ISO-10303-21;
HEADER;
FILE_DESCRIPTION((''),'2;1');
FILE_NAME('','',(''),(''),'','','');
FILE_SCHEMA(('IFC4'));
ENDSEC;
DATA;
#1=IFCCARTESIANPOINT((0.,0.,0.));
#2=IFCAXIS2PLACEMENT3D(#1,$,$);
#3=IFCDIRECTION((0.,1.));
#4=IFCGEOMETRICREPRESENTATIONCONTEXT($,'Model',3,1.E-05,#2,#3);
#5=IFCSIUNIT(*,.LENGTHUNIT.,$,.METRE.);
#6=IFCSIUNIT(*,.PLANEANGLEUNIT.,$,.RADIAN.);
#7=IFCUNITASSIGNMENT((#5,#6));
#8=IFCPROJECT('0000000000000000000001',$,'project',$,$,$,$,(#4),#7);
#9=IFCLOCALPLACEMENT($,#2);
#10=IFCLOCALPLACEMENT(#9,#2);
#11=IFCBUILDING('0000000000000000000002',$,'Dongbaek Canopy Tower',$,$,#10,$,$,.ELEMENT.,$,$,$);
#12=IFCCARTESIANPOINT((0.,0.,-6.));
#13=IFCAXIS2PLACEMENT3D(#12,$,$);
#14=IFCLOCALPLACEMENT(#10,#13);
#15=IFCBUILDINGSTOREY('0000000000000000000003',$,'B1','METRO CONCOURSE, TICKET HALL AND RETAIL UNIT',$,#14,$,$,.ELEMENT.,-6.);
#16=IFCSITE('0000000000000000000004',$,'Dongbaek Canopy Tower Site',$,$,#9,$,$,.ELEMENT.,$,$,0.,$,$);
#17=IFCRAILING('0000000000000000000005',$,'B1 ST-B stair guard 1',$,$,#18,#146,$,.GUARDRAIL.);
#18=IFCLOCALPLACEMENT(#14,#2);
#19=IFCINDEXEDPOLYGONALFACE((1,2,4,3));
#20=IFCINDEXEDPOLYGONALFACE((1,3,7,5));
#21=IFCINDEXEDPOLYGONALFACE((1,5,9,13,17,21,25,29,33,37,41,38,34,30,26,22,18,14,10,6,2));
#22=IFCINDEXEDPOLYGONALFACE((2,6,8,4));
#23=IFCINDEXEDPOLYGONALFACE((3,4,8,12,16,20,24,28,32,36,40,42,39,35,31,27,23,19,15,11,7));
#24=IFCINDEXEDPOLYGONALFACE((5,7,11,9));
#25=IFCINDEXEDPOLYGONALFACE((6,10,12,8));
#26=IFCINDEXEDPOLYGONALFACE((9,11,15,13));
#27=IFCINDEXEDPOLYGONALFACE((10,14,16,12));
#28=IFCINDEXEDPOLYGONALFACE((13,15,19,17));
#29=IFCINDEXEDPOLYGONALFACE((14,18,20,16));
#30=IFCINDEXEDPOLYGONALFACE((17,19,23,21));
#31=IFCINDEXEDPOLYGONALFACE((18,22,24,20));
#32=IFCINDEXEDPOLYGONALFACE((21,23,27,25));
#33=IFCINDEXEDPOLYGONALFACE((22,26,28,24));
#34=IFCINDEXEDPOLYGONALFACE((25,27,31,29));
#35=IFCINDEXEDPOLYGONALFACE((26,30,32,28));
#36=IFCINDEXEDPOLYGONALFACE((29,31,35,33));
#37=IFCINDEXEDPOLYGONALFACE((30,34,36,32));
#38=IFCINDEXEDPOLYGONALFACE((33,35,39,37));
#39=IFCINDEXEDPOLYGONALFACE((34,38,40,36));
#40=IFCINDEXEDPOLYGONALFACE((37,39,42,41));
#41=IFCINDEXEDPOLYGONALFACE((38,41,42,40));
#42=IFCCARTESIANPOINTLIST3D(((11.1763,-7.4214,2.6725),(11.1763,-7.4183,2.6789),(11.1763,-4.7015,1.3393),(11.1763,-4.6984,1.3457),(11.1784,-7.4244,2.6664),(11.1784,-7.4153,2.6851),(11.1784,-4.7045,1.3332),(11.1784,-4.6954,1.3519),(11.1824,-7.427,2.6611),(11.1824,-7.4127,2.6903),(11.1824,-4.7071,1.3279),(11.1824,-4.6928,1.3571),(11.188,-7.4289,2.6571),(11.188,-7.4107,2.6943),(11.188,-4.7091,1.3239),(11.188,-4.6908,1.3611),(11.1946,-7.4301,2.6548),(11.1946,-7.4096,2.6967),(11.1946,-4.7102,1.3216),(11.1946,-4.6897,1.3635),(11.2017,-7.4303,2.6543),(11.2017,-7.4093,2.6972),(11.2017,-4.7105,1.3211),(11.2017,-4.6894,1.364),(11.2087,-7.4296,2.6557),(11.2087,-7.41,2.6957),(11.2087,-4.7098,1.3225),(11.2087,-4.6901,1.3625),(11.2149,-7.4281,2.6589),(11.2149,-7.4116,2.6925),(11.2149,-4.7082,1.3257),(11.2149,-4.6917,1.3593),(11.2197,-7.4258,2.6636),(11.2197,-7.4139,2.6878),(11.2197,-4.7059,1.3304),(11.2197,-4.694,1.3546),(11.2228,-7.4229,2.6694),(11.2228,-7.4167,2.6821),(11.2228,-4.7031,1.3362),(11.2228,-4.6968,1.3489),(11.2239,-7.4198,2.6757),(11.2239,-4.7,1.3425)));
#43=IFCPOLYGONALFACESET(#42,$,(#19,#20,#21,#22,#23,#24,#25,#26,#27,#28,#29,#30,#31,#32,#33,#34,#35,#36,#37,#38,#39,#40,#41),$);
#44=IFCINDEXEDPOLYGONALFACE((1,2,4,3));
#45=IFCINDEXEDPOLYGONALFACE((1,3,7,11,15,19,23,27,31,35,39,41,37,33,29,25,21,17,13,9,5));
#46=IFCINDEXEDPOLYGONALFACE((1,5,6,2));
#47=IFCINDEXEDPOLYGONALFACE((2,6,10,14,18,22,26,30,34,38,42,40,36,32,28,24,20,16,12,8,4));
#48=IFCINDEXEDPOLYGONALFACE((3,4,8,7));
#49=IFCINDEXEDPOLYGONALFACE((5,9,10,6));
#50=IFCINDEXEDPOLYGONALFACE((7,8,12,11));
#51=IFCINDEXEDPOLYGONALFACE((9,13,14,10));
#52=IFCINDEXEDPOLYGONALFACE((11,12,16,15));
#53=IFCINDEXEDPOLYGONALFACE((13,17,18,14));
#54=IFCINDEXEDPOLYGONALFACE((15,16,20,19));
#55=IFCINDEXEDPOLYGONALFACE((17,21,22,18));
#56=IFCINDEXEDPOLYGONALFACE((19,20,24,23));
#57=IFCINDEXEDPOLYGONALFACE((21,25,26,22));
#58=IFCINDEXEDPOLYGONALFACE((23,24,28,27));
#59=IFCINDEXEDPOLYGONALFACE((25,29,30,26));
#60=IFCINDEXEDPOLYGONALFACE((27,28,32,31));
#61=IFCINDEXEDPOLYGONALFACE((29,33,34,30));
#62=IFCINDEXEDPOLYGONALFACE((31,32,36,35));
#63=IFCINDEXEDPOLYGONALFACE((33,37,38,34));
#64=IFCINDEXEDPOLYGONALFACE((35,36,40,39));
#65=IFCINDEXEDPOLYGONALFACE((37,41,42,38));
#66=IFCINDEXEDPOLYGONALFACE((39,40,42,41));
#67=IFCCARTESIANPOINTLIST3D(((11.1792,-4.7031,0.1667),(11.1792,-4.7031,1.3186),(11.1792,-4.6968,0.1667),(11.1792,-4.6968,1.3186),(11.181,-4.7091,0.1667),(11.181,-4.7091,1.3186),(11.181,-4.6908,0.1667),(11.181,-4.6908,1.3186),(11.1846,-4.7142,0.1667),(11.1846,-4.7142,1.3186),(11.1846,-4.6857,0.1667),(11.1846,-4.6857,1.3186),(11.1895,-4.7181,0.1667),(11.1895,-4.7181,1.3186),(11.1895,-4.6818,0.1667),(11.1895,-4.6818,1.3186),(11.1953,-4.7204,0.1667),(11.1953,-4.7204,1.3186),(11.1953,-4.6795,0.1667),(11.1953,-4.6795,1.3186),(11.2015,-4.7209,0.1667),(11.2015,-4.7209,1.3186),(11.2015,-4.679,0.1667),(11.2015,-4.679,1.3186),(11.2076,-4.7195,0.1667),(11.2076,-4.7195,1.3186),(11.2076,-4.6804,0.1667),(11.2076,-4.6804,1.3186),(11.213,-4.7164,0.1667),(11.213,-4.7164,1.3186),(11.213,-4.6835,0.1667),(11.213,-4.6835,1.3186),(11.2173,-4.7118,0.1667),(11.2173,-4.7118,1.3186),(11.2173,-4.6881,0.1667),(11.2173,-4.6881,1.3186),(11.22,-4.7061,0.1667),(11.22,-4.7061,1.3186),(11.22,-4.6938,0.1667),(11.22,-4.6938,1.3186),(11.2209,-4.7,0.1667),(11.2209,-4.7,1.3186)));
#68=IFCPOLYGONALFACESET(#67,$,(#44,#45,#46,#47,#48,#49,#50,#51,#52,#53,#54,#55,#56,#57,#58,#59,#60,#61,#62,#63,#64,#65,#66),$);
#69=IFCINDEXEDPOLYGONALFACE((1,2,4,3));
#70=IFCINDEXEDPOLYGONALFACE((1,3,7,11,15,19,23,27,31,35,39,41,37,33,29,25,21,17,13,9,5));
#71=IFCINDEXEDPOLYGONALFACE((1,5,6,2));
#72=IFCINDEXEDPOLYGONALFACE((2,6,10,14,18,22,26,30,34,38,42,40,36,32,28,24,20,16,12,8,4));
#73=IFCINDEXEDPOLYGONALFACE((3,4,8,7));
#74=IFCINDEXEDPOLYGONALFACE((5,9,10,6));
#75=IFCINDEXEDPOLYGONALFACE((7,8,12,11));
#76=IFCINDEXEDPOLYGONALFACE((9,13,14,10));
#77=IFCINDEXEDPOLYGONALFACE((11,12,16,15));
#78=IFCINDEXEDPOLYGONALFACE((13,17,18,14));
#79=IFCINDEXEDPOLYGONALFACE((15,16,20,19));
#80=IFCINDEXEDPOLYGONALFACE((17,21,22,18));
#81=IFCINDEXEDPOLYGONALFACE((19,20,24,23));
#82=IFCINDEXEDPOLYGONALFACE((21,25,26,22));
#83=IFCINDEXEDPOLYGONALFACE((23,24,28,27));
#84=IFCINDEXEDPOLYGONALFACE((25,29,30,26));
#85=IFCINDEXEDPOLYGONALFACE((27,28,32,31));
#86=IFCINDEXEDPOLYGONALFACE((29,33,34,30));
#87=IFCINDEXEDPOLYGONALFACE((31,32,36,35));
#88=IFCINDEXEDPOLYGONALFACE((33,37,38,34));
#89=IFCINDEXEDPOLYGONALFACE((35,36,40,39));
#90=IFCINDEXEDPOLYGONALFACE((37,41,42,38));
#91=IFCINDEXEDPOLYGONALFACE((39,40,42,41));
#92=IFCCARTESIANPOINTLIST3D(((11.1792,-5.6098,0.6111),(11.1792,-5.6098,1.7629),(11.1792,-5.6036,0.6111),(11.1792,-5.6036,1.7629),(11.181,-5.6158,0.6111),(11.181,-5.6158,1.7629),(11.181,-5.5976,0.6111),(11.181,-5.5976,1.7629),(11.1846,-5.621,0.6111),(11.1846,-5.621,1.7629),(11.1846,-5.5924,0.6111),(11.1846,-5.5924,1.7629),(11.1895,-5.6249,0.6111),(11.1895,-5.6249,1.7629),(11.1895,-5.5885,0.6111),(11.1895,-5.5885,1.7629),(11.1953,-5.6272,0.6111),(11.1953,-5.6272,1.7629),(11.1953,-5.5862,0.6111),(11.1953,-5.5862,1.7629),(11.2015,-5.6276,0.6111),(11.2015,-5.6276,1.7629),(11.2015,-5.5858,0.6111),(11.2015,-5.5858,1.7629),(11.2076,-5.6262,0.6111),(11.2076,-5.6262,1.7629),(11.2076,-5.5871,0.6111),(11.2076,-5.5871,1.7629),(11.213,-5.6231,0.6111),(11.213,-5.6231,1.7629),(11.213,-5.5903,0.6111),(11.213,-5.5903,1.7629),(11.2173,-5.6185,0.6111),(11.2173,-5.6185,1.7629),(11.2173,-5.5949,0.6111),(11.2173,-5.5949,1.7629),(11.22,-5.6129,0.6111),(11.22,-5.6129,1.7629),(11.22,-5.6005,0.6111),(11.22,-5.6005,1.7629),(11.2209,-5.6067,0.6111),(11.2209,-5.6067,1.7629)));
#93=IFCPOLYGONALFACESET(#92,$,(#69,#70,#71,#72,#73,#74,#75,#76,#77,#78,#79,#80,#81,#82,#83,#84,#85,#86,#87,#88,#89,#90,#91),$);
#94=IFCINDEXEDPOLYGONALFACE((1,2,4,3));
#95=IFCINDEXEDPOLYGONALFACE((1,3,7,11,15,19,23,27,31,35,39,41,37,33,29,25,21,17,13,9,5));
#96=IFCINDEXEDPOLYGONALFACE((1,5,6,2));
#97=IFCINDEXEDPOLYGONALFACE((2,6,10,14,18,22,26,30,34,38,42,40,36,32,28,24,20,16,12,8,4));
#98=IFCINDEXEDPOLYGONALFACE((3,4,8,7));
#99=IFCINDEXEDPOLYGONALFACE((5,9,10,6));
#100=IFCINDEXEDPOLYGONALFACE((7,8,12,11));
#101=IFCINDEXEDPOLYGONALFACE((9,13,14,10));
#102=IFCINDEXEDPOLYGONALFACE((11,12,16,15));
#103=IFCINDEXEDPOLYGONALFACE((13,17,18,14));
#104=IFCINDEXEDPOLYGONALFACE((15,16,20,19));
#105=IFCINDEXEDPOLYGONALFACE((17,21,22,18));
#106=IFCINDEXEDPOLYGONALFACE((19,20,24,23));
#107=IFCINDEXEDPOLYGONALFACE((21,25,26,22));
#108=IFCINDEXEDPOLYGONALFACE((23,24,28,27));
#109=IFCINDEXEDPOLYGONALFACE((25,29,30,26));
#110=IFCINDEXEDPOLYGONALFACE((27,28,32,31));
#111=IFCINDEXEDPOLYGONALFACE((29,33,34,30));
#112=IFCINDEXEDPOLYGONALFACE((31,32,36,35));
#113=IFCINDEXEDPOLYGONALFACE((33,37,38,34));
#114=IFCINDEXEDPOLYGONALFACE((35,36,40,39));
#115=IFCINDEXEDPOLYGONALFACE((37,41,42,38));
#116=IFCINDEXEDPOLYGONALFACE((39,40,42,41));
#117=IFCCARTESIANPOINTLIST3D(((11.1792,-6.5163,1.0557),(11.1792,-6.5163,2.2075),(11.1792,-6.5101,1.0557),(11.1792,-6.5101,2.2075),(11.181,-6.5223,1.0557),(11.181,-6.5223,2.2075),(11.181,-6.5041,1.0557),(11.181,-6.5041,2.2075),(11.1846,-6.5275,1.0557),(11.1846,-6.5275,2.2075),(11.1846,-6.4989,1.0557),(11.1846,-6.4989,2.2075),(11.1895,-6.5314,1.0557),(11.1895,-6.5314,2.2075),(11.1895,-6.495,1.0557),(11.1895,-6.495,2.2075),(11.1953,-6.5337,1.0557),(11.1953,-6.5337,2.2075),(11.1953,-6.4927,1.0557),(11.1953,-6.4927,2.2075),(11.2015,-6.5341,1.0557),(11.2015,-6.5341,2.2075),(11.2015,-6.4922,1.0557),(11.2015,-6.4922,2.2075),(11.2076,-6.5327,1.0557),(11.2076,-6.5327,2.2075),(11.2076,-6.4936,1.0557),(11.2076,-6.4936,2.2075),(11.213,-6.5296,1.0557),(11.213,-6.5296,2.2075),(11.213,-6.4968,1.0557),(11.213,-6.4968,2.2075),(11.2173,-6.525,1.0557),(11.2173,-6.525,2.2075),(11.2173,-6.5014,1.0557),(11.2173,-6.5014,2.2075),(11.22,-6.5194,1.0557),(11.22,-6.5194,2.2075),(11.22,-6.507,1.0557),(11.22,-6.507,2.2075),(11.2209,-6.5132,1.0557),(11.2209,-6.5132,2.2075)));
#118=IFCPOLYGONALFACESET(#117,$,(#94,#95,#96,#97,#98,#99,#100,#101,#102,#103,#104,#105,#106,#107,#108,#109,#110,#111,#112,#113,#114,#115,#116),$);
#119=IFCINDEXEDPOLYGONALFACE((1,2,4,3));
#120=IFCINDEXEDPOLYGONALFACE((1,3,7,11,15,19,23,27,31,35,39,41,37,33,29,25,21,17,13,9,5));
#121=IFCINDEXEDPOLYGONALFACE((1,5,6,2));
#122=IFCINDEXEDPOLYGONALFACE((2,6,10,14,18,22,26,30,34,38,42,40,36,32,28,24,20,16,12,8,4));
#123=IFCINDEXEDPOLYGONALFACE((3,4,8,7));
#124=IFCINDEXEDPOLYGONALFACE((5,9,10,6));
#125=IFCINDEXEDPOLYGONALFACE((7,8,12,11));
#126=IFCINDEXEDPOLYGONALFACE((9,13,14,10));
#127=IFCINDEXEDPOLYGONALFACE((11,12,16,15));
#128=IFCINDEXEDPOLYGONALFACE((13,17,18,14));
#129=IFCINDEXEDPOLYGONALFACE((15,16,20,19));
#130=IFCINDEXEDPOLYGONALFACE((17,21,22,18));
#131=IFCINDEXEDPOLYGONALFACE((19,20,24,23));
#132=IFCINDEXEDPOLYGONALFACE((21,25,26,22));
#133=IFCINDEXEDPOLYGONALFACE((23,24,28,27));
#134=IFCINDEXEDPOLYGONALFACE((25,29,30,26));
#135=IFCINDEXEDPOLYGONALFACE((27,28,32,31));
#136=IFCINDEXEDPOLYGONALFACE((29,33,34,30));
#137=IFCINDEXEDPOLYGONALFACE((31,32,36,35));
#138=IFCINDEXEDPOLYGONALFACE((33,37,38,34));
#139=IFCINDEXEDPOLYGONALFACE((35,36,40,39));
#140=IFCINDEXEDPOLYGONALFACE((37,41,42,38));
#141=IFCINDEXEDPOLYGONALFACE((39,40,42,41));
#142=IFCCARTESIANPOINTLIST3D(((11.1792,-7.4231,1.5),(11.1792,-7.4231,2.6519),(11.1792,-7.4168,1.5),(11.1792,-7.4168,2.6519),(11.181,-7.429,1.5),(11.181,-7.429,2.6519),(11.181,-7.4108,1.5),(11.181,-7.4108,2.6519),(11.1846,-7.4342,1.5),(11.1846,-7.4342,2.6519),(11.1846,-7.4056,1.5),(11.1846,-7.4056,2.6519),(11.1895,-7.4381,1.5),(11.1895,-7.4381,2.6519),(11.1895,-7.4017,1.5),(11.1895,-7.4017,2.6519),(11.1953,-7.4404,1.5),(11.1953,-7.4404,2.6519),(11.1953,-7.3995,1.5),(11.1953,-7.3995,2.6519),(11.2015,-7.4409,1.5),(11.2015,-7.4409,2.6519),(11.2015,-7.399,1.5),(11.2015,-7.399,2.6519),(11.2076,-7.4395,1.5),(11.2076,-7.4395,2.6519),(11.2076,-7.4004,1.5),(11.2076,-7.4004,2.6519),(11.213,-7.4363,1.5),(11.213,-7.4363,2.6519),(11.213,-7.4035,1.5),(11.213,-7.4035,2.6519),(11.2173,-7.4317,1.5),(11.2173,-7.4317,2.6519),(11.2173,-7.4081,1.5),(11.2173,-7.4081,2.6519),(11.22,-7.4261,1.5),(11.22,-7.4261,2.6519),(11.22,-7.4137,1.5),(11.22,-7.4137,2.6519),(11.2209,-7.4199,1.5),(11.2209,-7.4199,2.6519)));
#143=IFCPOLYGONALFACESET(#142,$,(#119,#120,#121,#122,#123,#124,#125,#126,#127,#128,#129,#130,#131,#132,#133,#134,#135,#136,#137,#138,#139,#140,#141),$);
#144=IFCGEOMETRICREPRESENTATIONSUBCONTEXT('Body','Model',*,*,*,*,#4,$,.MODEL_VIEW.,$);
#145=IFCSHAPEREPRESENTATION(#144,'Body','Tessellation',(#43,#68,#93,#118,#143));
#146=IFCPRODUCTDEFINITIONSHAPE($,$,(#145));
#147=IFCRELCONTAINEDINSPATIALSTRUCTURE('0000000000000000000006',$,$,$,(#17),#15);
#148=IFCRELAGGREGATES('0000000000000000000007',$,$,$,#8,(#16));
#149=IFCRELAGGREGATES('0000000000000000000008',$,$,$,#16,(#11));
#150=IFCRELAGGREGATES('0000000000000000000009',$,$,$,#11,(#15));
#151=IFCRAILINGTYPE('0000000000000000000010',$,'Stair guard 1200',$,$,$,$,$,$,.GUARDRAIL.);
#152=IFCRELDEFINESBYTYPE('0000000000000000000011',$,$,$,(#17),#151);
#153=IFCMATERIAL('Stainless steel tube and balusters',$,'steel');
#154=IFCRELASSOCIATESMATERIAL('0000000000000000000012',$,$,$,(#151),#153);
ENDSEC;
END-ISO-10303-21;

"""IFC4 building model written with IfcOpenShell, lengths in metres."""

from ifc_helpers import new_model, si_unit, direction, frame, origin, origin_2d, place, context, subcontext, project, spatial, circle, extrude, material, type_object, element, save


model = new_model("IFC4")

# Units and contexts
model_context = context("Model", 3, precision=1e-05, world=origin(), true_north=direction((0.0, 1.0)))
body_context = subcontext(model_context, "Body", "Model", "MODEL_VIEW")
ifc_project = project(units=[si_unit("LENGTHUNIT", "METRE"), si_unit("PLANEANGLEUNIT", "RADIAN")], contexts=[model_context])

# Site, building, storey
site_placement = place(None, origin())
site = spatial("IfcSite", under=ifc_project, at=site_placement, Name="Dongbaek Canopy Tower Site", CompositionType="ELEMENT", RefElevation=0.0)
building_placement = place(site_placement, origin())
building = spatial("IfcBuilding", under=site, at=building_placement, Name="Dongbaek Canopy Tower", CompositionType="ELEMENT")
storey_placement = place(building_placement, frame((0.0, 0.0, -6.0)))
storey = spatial("IfcBuildingStorey", under=building, at=storey_placement, Name="B1", Description="METRO CONCOURSE, TICKET HALL AND RETAIL UNIT", CompositionType="ELEMENT", Elevation=-6.0)

# Railing
ifc_material_1 = material(Name="Stainless steel tube and balusters", Category="steel")
railing_type_1 = type_object("IfcRailingType", Name="Stair guard 1200", PredefinedType="GUARDRAIL", material=ifc_material_1)
railing_1_placement = place(storey_placement, frame((11.2, -4.7, 0.1667)))
element("IfcRailing", 1, at=railing_1_placement, inside=storey, type_object=railing_type_1, Name="B1 ST-B stair guard 1", PredefinedType="GUARDRAIL", context=body_context, shape_type="SweptSolid", body=[
    extrude(circle(Radius=0.0239, at=origin_2d()), frame((0.0, 0.0, 1.1758), z_axis=(0.0, -0.897929, 0.440139), x_axis=(1.0, 0.0, 0.0)), (0.0, 0.0, 1.0), 3.0291),
    extrude(circle(Radius=0.021, at=origin_2d()), origin(), (0.0, 0.0, 1.0), 1.1519),
    extrude(circle(Radius=0.021, at=origin_2d()), frame((0.0, -0.9067, 0.4443)), (0.0, 0.0, 1.0), 1.1519),
    extrude(circle(Radius=0.021, at=origin_2d()), frame((0.0, -1.8132, 0.8889)), (0.0, 0.0, 1.0), 1.1519),
    extrude(circle(Radius=0.021, at=origin_2d()), frame((0.0, -2.72, 1.3333)), (0.0, 0.0, 1.0), 1.1519),
])

save(model, "model.ifc")
